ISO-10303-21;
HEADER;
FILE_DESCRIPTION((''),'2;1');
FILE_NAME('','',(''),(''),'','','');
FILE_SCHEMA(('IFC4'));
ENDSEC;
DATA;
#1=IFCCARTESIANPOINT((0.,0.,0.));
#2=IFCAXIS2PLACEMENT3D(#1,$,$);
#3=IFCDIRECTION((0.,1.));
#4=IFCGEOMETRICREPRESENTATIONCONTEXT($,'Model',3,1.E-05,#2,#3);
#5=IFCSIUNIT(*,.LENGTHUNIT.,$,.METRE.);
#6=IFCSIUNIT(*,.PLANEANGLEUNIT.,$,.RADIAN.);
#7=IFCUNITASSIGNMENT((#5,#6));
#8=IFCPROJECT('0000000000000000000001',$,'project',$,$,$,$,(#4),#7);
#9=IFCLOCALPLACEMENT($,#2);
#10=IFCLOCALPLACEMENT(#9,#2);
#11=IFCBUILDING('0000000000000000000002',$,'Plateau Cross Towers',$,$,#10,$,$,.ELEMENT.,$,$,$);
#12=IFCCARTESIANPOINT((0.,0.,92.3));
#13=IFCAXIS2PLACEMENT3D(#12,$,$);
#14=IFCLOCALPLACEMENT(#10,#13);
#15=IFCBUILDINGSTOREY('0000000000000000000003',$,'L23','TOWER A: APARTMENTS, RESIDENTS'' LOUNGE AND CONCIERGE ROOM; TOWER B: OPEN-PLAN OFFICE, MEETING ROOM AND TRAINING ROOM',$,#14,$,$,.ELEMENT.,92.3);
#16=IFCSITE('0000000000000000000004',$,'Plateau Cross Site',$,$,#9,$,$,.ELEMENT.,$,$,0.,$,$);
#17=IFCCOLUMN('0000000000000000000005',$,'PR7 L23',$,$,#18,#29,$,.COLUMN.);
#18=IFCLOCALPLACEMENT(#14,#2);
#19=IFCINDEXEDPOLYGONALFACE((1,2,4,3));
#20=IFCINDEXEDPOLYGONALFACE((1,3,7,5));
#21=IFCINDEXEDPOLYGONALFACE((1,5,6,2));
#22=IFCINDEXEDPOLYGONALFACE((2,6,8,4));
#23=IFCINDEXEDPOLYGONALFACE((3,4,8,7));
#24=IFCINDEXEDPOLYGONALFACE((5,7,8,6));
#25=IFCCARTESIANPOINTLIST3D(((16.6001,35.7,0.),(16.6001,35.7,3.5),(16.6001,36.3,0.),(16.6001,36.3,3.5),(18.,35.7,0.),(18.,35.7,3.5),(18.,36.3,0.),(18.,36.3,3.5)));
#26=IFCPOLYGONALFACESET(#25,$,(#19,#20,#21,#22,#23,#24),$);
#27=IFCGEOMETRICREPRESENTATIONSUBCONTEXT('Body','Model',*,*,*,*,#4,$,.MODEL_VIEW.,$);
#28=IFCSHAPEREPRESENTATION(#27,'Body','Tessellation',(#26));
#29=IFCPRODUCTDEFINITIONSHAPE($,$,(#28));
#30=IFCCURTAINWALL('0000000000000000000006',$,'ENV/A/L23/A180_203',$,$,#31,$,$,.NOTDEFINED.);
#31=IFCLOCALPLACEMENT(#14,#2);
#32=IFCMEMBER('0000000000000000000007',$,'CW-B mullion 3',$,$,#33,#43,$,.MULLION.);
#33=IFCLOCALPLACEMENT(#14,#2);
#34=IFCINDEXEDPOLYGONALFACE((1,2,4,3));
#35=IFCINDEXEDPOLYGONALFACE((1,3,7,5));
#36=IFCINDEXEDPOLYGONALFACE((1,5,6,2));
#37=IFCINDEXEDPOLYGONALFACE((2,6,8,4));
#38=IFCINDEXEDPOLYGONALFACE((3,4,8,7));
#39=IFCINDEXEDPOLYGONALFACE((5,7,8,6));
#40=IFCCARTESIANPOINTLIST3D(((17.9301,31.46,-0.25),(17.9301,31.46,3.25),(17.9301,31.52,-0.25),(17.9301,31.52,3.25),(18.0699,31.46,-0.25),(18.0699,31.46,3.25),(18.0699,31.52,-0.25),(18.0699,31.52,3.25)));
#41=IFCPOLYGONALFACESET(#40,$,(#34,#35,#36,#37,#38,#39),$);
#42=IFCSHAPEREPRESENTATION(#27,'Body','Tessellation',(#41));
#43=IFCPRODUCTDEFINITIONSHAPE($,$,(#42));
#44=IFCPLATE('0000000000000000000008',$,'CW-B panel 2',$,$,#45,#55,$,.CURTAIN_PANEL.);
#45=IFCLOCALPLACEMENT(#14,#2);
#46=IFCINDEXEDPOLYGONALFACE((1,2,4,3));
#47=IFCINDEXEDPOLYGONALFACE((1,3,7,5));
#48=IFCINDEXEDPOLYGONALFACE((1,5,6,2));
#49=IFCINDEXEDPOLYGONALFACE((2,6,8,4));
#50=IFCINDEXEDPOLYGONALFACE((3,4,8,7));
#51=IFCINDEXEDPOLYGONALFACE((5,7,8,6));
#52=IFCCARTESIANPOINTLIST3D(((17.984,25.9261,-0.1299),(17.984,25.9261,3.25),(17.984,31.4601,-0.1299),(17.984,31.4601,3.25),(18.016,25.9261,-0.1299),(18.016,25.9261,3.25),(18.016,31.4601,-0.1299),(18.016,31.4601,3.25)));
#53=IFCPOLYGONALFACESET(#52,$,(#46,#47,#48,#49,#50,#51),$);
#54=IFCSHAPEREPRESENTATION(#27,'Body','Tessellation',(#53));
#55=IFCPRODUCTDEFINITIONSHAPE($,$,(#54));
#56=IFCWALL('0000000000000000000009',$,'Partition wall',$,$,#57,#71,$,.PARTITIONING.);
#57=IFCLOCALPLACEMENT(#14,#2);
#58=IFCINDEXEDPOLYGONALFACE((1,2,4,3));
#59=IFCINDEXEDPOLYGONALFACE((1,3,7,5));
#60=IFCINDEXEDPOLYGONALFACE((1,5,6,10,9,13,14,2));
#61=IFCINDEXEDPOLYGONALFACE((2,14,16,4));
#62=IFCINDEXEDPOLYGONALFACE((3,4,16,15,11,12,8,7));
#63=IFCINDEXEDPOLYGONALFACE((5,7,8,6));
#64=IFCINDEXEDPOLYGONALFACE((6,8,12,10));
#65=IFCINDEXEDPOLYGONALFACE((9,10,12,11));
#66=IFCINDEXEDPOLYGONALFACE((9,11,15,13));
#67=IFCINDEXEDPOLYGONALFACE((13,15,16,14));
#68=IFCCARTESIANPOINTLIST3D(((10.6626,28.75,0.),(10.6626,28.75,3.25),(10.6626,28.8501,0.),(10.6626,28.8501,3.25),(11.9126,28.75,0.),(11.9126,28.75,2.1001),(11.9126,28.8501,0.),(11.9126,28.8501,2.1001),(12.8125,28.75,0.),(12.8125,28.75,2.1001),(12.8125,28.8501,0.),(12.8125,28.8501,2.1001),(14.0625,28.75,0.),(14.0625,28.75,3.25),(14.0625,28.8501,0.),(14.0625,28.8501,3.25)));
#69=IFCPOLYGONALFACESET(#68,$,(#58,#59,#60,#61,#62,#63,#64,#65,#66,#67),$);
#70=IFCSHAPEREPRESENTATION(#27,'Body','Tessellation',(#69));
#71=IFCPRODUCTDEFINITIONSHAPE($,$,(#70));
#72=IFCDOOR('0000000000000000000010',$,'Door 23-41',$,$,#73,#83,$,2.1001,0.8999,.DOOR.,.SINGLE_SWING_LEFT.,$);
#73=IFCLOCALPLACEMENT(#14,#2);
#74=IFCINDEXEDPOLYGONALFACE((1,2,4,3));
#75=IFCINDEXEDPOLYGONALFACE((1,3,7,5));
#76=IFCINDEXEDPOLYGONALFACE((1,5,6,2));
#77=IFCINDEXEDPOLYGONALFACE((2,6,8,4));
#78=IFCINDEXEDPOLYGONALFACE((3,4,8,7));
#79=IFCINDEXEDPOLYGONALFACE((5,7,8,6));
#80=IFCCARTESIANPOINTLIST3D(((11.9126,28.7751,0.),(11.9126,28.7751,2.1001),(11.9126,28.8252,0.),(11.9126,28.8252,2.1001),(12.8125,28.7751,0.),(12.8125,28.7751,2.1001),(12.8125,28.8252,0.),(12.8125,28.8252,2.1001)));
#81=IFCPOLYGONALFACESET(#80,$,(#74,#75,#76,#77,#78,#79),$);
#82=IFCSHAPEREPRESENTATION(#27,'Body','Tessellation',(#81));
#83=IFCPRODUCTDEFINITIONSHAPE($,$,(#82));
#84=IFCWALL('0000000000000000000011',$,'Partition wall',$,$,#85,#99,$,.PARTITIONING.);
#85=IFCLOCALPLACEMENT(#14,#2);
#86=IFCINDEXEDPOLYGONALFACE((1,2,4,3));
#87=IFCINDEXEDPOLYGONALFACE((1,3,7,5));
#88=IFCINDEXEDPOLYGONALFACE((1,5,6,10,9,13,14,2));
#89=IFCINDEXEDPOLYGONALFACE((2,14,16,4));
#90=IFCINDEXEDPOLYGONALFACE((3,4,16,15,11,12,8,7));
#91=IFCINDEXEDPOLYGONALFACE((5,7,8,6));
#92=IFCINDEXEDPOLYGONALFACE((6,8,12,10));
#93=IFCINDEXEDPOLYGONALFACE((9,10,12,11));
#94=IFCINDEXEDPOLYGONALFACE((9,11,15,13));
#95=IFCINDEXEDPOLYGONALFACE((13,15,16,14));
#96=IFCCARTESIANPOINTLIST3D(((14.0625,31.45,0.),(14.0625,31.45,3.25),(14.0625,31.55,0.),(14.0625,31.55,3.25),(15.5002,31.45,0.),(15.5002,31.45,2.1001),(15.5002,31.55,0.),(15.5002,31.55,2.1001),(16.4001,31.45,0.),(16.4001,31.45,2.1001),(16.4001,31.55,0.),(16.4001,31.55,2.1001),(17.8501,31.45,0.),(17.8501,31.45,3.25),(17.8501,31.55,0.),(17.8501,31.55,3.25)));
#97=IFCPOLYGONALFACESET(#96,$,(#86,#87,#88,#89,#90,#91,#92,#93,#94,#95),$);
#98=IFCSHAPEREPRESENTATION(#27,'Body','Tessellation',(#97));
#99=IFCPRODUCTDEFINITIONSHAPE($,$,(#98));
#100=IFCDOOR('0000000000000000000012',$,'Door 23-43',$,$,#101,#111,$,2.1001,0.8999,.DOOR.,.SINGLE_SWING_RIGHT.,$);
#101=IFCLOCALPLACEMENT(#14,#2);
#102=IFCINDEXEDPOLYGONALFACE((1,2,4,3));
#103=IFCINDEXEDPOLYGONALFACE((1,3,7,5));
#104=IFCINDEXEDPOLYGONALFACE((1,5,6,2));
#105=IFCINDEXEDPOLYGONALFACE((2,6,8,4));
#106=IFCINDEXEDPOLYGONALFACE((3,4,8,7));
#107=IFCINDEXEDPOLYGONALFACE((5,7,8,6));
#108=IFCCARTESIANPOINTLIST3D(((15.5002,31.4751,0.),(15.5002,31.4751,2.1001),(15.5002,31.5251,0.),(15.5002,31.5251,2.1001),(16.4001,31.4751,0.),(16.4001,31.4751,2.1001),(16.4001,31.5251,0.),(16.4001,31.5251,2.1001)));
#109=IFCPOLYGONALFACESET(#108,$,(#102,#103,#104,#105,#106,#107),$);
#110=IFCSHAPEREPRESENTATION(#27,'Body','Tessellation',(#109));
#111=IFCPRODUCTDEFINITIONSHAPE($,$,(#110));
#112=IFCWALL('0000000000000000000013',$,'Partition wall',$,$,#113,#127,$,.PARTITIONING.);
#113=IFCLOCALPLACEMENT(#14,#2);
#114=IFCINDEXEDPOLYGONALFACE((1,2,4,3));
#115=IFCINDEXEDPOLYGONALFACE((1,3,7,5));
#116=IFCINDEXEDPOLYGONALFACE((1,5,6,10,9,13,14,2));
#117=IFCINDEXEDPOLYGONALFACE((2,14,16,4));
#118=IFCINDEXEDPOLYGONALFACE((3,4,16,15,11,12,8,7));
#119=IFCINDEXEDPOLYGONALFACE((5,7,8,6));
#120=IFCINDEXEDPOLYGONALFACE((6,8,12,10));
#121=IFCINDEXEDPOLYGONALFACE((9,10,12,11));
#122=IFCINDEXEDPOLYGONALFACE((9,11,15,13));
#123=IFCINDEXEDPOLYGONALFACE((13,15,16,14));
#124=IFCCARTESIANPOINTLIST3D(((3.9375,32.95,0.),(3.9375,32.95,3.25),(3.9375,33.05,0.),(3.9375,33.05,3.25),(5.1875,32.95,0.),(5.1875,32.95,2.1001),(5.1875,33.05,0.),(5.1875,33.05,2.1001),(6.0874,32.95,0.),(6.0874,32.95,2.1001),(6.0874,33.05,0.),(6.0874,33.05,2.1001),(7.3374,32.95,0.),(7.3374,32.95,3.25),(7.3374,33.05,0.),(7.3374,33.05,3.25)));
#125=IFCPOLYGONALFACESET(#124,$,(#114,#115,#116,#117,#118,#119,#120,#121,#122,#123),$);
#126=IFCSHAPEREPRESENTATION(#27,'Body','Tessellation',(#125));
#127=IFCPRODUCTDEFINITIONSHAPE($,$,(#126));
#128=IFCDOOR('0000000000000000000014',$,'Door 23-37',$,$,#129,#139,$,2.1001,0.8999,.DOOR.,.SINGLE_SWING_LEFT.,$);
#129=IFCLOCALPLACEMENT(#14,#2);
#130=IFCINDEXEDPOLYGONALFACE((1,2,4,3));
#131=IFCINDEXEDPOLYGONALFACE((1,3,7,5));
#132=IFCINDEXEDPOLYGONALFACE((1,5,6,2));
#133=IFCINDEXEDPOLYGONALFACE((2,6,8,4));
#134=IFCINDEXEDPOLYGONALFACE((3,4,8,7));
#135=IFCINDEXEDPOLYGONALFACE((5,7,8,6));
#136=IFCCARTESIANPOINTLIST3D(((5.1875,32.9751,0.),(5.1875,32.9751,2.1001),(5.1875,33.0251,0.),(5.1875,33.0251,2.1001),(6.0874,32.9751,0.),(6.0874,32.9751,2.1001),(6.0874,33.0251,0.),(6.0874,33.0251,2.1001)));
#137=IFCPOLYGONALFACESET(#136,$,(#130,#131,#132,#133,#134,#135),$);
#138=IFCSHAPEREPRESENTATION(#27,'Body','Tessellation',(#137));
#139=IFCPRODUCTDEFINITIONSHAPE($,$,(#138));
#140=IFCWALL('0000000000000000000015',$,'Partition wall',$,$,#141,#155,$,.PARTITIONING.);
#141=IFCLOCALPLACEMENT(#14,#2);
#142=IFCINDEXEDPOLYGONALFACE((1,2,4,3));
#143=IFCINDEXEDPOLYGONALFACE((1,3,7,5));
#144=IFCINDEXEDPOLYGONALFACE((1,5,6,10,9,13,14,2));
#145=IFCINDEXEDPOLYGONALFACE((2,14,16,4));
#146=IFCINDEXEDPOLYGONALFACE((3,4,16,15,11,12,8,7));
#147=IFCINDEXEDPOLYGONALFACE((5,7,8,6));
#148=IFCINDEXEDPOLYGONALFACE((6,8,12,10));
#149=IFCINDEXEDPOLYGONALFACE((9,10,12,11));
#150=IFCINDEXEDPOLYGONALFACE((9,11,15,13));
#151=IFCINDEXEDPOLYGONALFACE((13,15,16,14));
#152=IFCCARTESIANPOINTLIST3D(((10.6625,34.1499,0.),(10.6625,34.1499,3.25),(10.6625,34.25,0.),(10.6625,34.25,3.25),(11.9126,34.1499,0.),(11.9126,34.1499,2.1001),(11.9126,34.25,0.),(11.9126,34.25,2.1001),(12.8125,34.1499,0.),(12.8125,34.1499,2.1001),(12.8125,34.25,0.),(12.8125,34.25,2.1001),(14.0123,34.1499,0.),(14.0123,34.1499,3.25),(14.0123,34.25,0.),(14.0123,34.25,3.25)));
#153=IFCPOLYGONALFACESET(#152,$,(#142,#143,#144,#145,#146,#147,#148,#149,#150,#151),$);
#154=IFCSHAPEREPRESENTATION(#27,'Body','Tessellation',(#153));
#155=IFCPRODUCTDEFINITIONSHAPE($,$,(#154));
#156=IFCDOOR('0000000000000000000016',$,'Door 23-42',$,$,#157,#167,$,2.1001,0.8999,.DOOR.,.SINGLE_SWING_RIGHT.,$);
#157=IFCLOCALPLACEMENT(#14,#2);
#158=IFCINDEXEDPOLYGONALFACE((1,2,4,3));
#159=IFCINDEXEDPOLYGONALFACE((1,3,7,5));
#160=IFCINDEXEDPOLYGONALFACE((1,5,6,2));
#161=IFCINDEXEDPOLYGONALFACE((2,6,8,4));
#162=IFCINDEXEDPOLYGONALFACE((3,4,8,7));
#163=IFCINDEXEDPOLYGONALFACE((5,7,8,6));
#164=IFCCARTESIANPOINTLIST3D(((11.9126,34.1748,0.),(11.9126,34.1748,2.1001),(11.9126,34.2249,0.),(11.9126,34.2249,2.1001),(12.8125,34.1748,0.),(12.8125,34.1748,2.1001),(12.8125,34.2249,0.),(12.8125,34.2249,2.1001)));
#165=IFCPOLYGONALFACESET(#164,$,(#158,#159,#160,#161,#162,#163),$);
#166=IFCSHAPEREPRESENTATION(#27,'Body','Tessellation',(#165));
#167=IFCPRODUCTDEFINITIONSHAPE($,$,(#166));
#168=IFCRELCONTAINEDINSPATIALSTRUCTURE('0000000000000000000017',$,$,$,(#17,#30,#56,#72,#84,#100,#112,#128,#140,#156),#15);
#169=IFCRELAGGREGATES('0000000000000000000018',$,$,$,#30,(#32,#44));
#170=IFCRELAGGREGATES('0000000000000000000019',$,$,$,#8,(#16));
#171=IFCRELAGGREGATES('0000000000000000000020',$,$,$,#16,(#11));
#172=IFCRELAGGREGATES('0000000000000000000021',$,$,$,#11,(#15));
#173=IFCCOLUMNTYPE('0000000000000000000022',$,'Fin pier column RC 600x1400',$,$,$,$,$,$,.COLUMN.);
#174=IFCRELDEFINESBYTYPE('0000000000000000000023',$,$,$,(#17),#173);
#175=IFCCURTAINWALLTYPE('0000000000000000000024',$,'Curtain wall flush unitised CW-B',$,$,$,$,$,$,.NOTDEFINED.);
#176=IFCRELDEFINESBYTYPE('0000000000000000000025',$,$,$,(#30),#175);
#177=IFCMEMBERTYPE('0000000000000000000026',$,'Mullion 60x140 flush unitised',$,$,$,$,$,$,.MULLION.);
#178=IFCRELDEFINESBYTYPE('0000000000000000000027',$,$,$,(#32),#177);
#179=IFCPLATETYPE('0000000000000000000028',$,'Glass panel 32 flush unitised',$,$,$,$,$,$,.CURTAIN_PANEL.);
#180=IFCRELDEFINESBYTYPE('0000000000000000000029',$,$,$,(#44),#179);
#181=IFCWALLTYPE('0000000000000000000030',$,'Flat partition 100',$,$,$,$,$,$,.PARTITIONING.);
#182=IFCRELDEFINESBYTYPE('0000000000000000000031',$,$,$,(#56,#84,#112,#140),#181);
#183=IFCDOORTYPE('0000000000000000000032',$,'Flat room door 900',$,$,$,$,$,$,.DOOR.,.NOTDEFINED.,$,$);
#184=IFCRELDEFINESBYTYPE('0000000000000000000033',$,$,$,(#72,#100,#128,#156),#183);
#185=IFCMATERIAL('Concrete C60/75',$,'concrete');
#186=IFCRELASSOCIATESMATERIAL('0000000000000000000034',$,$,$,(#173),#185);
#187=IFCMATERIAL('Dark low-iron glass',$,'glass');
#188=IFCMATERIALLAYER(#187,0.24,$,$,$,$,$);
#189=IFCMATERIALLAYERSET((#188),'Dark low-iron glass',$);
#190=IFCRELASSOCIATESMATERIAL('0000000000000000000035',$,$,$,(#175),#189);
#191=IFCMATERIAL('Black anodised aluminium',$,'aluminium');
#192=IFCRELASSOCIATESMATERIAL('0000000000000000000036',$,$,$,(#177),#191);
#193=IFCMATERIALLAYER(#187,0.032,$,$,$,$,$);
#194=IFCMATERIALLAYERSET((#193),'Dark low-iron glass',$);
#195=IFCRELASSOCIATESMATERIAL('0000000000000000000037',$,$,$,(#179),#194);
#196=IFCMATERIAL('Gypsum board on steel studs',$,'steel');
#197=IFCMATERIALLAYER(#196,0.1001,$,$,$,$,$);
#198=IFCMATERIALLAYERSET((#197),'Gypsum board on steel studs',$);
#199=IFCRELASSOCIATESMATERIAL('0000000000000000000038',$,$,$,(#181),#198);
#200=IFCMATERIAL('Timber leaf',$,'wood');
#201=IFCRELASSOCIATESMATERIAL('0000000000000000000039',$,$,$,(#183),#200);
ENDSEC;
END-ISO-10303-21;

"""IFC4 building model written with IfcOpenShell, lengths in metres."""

from ifc_helpers import new_model, si_unit, direction, frame, frame_2d, origin, origin_2d, place, context, subcontext, project, spatial, rectangle, extrude, material, layer, layer_set, material_profile, profile_set, type_object, element, fill, aggregate, save


model = new_model("IFC4")

# Units and contexts
model_context = context("Model", 3, precision=1e-05, world=origin(), true_north=direction((0.0, 1.0)))
body_context = subcontext(model_context, "Body", "Model", "MODEL_VIEW")
ifc_project = project(units=[si_unit("LENGTHUNIT", "METRE"), si_unit("PLANEANGLEUNIT", "RADIAN")], contexts=[model_context])

# Site, building, storey
site_placement = place(None, origin())
site = spatial("IfcSite", under=ifc_project, at=site_placement, Name="Plateau Cross Site", CompositionType="ELEMENT", RefElevation=0.0)
building_placement = place(site_placement, origin())
building = spatial("IfcBuilding", under=site, at=building_placement, Name="Plateau Cross Towers", CompositionType="ELEMENT")
storey_placement = place(building_placement, frame((0.0, 0.0, 92.3)))
storey = spatial("IfcBuildingStorey", under=building, at=storey_placement, Name="L23", Description="TOWER A: APARTMENTS, RESIDENTS' LOUNGE AND CONCIERGE ROOM; TOWER B: OPEN-PLAN OFFICE, MEETING ROOM AND TRAINING ROOM", CompositionType="ELEMENT", Elevation=92.3)

# Column
ifc_material_1 = material(Name="Concrete C60/75", Category="concrete")
ifc_material_profile_1 = material_profile(ifc_material_1, rectangle(XDim=0.6001, YDim=1.3999, at=origin_2d()), Name="RC 600x1400")
ifc_profile_set_1 = profile_set([ifc_material_profile_1], Name="Concrete C60/75")
column_type = type_object("IfcColumnType", Name="Fin pier column RC 600x1400", PredefinedType="COLUMN", material=ifc_profile_set_1)
column_placement = place(storey_placement, frame((17.3, 36.0, 0.0), z_axis=(0.0, 0.0, 1.0), x_axis=(0.0, 1.0, 0.0)))
element("IfcColumn", 1, at=column_placement, inside=storey, type_object=column_type, Name="PR7 L23", PredefinedType="COLUMN", context=body_context, shape_type="SweptSolid", body=[
    extrude(rectangle(XDim=0.6001, YDim=1.3999, at=origin_2d()), origin(), (0.0, 0.0, 1.0), 3.5),
])

# Curtain wall, member, plate
ifc_material_2 = material(Name="Dark low-iron glass", Category="glass")
ifc_layer_1 = layer(ifc_material_2, 0.24)
ifc_layer_set_1 = layer_set([ifc_layer_1], Name="Dark low-iron glass")
curtain_wall_type = type_object("IfcCurtainWallType", Name="Curtain wall flush unitised CW-B", PredefinedType="NOTDEFINED", material=ifc_layer_set_1)
curtain_wall_placement = place(storey_placement, origin())
curtain_wall = element("IfcCurtainWall", 2, at=curtain_wall_placement, inside=storey, type_object=curtain_wall_type, Name="ENV/A/L23/A180_203", PredefinedType="NOTDEFINED")
ifc_material_3 = material(Name="Black anodised aluminium", Category="aluminium")
ifc_material_profile_2 = material_profile(ifc_material_3, rectangle(XDim=0.0601, YDim=0.1399, at=origin_2d()), Name="MULLION 60x140")
ifc_profile_set_2 = profile_set([ifc_material_profile_2], Name="Black anodised aluminium")
member_type = type_object("IfcMemberType", Name="Mullion 60x140 flush unitised", PredefinedType="MULLION", material=ifc_profile_set_2)
member_placement = place(storey_placement, frame((18.0, 31.49, -0.25), z_axis=(0.0, 0.0, 1.0), x_axis=(0.0, 1.0, 0.0)))
member = element("IfcMember", 3, at=member_placement, type_object=member_type, Name="CW-B mullion 3", PredefinedType="MULLION", context=body_context, shape_type="SweptSolid", body=[
    extrude(rectangle(XDim=0.0601, YDim=0.1399, at=origin_2d()), origin(), (0.0, 0.0, 1.0), 3.5),
])
ifc_layer_2 = layer(ifc_material_2, 0.032)
ifc_layer_set_2 = layer_set([ifc_layer_2], Name="Dark low-iron glass")
plate_type = type_object("IfcPlateType", Name="Glass panel 32 flush unitised", PredefinedType="CURTAIN_PANEL", material=ifc_layer_set_2)
plate_placement = place(storey_placement, frame((18.0, 28.6931, -0.1299), z_axis=(0.0, 0.0, 1.0), x_axis=(0.0, 1.0, 0.0)))
plate = element("IfcPlate", 4, at=plate_placement, type_object=plate_type, Name="CW-B panel 2", PredefinedType="CURTAIN_PANEL", context=body_context, shape_type="SweptSolid", body=[
    extrude(rectangle(XDim=5.5339, YDim=0.032, at=origin_2d()), origin(), (0.0, 0.0, 1.0), 3.3799),
])
aggregate(curtain_wall, [member, plate])

# Walls, openings, doors
ifc_material_4 = material(Name="Gypsum board on steel studs", Category="steel")
ifc_layer_3 = layer(ifc_material_4, 0.1001)
ifc_layer_set_3 = layer_set([ifc_layer_3], Name="Gypsum board on steel studs")
wall_type_1 = type_object("IfcWallType", Name="Flat partition 100", PredefinedType="PARTITIONING", material=ifc_layer_set_3)
wall_1_placement = place(storey_placement, frame((14.0625, 28.8, 0.0), z_axis=(0.0, 0.0, 1.0), x_axis=(-1.0, 0.0, 0.0)))
wall_1 = element("IfcWall", 5, at=wall_1_placement, inside=storey, type_object=wall_type_1, Name="Partition wall", PredefinedType="PARTITIONING", context=body_context, shape_type="SweptSolid", body=[
    extrude(rectangle(XDim=3.3999, YDim=0.1001, at=frame_2d((1.7, 0.0))), origin(), (0.0, 0.0, 1.0), 3.25),
])
opening_1_placement = place(wall_1_placement, frame((1.25, 0.0, 0.0)))
opening_1 = element("IfcOpeningElement", 6, at=opening_1_placement, cuts=wall_1, PredefinedType="OPENING", context=body_context, shape_type="SweptSolid", body=[
    extrude(rectangle(XDim=0.8999, YDim=2.1001, at=frame_2d((0.45, 1.05))), frame((0.0, 0.0601, 0.0), z_axis=(0.0, -1.0, 0.0), x_axis=(1.0, 0.0, 0.0)), (0.0, 0.0, 1.0), 0.1201),
])
ifc_material_5 = material(Name="Timber leaf", Category="wood")
door_type_1 = type_object("IfcDoorType", Name="Flat room door 900", OperationType="NOTDEFINED", PredefinedType="DOOR", material=ifc_material_5)
door_1_placement = place(opening_1_placement, origin())
door_1 = element("IfcDoor", 7, at=door_1_placement, inside=storey, type_object=door_type_1, Name="Door 23-41", OperationType="SINGLE_SWING_LEFT", OverallHeight=2.1001, OverallWidth=0.8999, PredefinedType="DOOR", context=body_context, shape_type="SweptSolid", body=[
    extrude(rectangle(XDim=0.8999, YDim=2.1001, at=frame_2d((0.45, 1.05))), frame((0.0, 0.0249, 0.0), z_axis=(0.0, -1.0, 0.0), x_axis=(1.0, 0.0, 0.0)), (0.0, 0.0, 1.0), 0.05),
])
fill(opening_1, door_1)
wall_2_placement = place(storey_placement, frame((17.8501, 31.5, 0.0), z_axis=(0.0, 0.0, 1.0), x_axis=(-1.0, 0.0, 0.0)))
wall_2 = element("IfcWall", 8, at=wall_2_placement, inside=storey, type_object=wall_type_1, Name="Partition wall", PredefinedType="PARTITIONING", context=body_context, shape_type="SweptSolid", body=[
    extrude(rectangle(XDim=3.7876, YDim=0.1001, at=frame_2d((1.8938, 0.0))), origin(), (0.0, 0.0, 1.0), 3.25),
])
opening_2_placement = place(wall_2_placement, frame((1.45, 0.0, 0.0)))
opening_2 = element("IfcOpeningElement", 9, at=opening_2_placement, cuts=wall_2, PredefinedType="OPENING", context=body_context, shape_type="SweptSolid", body=[
    extrude(rectangle(XDim=0.8999, YDim=2.1001, at=frame_2d((0.45, 1.05))), frame((0.0, 0.0601, 0.0), z_axis=(0.0, -1.0, 0.0), x_axis=(1.0, 0.0, 0.0)), (0.0, 0.0, 1.0), 0.1201),
])
door_2_placement = place(opening_2_placement, origin())
door_2 = element("IfcDoor", 10, at=door_2_placement, inside=storey, type_object=door_type_1, Name="Door 23-43", OperationType="SINGLE_SWING_RIGHT", OverallHeight=2.1001, OverallWidth=0.8999, PredefinedType="DOOR", context=body_context, shape_type="SweptSolid", body=[
    extrude(rectangle(XDim=0.8999, YDim=2.1001, at=frame_2d((0.45, 1.05))), frame((0.0, 0.0249, 0.0), z_axis=(0.0, -1.0, 0.0), x_axis=(1.0, 0.0, 0.0)), (0.0, 0.0, 1.0), 0.05),
])
fill(opening_2, door_2)
wall_3_placement = place(storey_placement, frame((7.3374, 33.0, 0.0), z_axis=(0.0, 0.0, 1.0), x_axis=(-1.0, 0.0, 0.0)))
wall_3 = element("IfcWall", 11, at=wall_3_placement, inside=storey, type_object=wall_type_1, Name="Partition wall", PredefinedType="PARTITIONING", context=body_context, shape_type="SweptSolid", body=[
    extrude(rectangle(XDim=3.3999, YDim=0.1001, at=frame_2d((1.7, 0.0))), origin(), (0.0, 0.0, 1.0), 3.25),
])
opening_3_placement = place(wall_3_placement, frame((1.25, 0.0, 0.0)))
opening_3 = element("IfcOpeningElement", 12, at=opening_3_placement, cuts=wall_3, PredefinedType="OPENING", context=body_context, shape_type="SweptSolid", body=[
    extrude(rectangle(XDim=0.8999, YDim=2.1001, at=frame_2d((0.45, 1.05))), frame((0.0, 0.0601, 0.0), z_axis=(0.0, -1.0, 0.0), x_axis=(1.0, 0.0, 0.0)), (0.0, 0.0, 1.0), 0.1201),
])
door_3_placement = place(opening_3_placement, origin())
door_3 = element("IfcDoor", 13, at=door_3_placement, inside=storey, type_object=door_type_1, Name="Door 23-37", OperationType="SINGLE_SWING_LEFT", OverallHeight=2.1001, OverallWidth=0.8999, PredefinedType="DOOR", context=body_context, shape_type="SweptSolid", body=[
    extrude(rectangle(XDim=0.8999, YDim=2.1001, at=frame_2d((0.45, 1.05))), frame((0.0, 0.0249, 0.0), z_axis=(0.0, -1.0, 0.0), x_axis=(1.0, 0.0, 0.0)), (0.0, 0.0, 1.0), 0.05),
])
fill(opening_3, door_3)
wall_4_placement = place(storey_placement, frame((10.6626, 34.2, 0.0), z_axis=(0.0, 0.0, 1.0), x_axis=(1.0, 0.0, 0.0)))
wall_4 = element("IfcWall", 14, at=wall_4_placement, inside=storey, type_object=wall_type_1, Name="Partition wall", PredefinedType="PARTITIONING", context=body_context, shape_type="SweptSolid", body=[
    extrude(rectangle(XDim=3.3499, YDim=0.1001, at=frame_2d((1.6748, 0.0))), origin(), (0.0, 0.0, 1.0), 3.25),
])
opening_4_placement = place(wall_4_placement, frame((1.25, 0.0, 0.0)))
opening_4 = element("IfcOpeningElement", 15, at=opening_4_placement, cuts=wall_4, PredefinedType="OPENING", context=body_context, shape_type="SweptSolid", body=[
    extrude(rectangle(XDim=0.8999, YDim=2.1001, at=frame_2d((0.45, 1.05))), frame((0.0, 0.0601, 0.0), z_axis=(0.0, -1.0, 0.0), x_axis=(1.0, 0.0, 0.0)), (0.0, 0.0, 1.0), 0.1201),
])
door_4_placement = place(opening_4_placement, origin())
door_4 = element("IfcDoor", 16, at=door_4_placement, inside=storey, type_object=door_type_1, Name="Door 23-42", OperationType="SINGLE_SWING_RIGHT", OverallHeight=2.1001, OverallWidth=0.8999, PredefinedType="DOOR", context=body_context, shape_type="SweptSolid", body=[
    extrude(rectangle(XDim=0.8999, YDim=2.1001, at=frame_2d((0.45, 1.05))), frame((0.0, 0.0249, 0.0), z_axis=(0.0, -1.0, 0.0), x_axis=(1.0, 0.0, 0.0)), (0.0, 0.0, 1.0), 0.05),
])
fill(opening_4, door_4)

save(model, "model.ifc")
